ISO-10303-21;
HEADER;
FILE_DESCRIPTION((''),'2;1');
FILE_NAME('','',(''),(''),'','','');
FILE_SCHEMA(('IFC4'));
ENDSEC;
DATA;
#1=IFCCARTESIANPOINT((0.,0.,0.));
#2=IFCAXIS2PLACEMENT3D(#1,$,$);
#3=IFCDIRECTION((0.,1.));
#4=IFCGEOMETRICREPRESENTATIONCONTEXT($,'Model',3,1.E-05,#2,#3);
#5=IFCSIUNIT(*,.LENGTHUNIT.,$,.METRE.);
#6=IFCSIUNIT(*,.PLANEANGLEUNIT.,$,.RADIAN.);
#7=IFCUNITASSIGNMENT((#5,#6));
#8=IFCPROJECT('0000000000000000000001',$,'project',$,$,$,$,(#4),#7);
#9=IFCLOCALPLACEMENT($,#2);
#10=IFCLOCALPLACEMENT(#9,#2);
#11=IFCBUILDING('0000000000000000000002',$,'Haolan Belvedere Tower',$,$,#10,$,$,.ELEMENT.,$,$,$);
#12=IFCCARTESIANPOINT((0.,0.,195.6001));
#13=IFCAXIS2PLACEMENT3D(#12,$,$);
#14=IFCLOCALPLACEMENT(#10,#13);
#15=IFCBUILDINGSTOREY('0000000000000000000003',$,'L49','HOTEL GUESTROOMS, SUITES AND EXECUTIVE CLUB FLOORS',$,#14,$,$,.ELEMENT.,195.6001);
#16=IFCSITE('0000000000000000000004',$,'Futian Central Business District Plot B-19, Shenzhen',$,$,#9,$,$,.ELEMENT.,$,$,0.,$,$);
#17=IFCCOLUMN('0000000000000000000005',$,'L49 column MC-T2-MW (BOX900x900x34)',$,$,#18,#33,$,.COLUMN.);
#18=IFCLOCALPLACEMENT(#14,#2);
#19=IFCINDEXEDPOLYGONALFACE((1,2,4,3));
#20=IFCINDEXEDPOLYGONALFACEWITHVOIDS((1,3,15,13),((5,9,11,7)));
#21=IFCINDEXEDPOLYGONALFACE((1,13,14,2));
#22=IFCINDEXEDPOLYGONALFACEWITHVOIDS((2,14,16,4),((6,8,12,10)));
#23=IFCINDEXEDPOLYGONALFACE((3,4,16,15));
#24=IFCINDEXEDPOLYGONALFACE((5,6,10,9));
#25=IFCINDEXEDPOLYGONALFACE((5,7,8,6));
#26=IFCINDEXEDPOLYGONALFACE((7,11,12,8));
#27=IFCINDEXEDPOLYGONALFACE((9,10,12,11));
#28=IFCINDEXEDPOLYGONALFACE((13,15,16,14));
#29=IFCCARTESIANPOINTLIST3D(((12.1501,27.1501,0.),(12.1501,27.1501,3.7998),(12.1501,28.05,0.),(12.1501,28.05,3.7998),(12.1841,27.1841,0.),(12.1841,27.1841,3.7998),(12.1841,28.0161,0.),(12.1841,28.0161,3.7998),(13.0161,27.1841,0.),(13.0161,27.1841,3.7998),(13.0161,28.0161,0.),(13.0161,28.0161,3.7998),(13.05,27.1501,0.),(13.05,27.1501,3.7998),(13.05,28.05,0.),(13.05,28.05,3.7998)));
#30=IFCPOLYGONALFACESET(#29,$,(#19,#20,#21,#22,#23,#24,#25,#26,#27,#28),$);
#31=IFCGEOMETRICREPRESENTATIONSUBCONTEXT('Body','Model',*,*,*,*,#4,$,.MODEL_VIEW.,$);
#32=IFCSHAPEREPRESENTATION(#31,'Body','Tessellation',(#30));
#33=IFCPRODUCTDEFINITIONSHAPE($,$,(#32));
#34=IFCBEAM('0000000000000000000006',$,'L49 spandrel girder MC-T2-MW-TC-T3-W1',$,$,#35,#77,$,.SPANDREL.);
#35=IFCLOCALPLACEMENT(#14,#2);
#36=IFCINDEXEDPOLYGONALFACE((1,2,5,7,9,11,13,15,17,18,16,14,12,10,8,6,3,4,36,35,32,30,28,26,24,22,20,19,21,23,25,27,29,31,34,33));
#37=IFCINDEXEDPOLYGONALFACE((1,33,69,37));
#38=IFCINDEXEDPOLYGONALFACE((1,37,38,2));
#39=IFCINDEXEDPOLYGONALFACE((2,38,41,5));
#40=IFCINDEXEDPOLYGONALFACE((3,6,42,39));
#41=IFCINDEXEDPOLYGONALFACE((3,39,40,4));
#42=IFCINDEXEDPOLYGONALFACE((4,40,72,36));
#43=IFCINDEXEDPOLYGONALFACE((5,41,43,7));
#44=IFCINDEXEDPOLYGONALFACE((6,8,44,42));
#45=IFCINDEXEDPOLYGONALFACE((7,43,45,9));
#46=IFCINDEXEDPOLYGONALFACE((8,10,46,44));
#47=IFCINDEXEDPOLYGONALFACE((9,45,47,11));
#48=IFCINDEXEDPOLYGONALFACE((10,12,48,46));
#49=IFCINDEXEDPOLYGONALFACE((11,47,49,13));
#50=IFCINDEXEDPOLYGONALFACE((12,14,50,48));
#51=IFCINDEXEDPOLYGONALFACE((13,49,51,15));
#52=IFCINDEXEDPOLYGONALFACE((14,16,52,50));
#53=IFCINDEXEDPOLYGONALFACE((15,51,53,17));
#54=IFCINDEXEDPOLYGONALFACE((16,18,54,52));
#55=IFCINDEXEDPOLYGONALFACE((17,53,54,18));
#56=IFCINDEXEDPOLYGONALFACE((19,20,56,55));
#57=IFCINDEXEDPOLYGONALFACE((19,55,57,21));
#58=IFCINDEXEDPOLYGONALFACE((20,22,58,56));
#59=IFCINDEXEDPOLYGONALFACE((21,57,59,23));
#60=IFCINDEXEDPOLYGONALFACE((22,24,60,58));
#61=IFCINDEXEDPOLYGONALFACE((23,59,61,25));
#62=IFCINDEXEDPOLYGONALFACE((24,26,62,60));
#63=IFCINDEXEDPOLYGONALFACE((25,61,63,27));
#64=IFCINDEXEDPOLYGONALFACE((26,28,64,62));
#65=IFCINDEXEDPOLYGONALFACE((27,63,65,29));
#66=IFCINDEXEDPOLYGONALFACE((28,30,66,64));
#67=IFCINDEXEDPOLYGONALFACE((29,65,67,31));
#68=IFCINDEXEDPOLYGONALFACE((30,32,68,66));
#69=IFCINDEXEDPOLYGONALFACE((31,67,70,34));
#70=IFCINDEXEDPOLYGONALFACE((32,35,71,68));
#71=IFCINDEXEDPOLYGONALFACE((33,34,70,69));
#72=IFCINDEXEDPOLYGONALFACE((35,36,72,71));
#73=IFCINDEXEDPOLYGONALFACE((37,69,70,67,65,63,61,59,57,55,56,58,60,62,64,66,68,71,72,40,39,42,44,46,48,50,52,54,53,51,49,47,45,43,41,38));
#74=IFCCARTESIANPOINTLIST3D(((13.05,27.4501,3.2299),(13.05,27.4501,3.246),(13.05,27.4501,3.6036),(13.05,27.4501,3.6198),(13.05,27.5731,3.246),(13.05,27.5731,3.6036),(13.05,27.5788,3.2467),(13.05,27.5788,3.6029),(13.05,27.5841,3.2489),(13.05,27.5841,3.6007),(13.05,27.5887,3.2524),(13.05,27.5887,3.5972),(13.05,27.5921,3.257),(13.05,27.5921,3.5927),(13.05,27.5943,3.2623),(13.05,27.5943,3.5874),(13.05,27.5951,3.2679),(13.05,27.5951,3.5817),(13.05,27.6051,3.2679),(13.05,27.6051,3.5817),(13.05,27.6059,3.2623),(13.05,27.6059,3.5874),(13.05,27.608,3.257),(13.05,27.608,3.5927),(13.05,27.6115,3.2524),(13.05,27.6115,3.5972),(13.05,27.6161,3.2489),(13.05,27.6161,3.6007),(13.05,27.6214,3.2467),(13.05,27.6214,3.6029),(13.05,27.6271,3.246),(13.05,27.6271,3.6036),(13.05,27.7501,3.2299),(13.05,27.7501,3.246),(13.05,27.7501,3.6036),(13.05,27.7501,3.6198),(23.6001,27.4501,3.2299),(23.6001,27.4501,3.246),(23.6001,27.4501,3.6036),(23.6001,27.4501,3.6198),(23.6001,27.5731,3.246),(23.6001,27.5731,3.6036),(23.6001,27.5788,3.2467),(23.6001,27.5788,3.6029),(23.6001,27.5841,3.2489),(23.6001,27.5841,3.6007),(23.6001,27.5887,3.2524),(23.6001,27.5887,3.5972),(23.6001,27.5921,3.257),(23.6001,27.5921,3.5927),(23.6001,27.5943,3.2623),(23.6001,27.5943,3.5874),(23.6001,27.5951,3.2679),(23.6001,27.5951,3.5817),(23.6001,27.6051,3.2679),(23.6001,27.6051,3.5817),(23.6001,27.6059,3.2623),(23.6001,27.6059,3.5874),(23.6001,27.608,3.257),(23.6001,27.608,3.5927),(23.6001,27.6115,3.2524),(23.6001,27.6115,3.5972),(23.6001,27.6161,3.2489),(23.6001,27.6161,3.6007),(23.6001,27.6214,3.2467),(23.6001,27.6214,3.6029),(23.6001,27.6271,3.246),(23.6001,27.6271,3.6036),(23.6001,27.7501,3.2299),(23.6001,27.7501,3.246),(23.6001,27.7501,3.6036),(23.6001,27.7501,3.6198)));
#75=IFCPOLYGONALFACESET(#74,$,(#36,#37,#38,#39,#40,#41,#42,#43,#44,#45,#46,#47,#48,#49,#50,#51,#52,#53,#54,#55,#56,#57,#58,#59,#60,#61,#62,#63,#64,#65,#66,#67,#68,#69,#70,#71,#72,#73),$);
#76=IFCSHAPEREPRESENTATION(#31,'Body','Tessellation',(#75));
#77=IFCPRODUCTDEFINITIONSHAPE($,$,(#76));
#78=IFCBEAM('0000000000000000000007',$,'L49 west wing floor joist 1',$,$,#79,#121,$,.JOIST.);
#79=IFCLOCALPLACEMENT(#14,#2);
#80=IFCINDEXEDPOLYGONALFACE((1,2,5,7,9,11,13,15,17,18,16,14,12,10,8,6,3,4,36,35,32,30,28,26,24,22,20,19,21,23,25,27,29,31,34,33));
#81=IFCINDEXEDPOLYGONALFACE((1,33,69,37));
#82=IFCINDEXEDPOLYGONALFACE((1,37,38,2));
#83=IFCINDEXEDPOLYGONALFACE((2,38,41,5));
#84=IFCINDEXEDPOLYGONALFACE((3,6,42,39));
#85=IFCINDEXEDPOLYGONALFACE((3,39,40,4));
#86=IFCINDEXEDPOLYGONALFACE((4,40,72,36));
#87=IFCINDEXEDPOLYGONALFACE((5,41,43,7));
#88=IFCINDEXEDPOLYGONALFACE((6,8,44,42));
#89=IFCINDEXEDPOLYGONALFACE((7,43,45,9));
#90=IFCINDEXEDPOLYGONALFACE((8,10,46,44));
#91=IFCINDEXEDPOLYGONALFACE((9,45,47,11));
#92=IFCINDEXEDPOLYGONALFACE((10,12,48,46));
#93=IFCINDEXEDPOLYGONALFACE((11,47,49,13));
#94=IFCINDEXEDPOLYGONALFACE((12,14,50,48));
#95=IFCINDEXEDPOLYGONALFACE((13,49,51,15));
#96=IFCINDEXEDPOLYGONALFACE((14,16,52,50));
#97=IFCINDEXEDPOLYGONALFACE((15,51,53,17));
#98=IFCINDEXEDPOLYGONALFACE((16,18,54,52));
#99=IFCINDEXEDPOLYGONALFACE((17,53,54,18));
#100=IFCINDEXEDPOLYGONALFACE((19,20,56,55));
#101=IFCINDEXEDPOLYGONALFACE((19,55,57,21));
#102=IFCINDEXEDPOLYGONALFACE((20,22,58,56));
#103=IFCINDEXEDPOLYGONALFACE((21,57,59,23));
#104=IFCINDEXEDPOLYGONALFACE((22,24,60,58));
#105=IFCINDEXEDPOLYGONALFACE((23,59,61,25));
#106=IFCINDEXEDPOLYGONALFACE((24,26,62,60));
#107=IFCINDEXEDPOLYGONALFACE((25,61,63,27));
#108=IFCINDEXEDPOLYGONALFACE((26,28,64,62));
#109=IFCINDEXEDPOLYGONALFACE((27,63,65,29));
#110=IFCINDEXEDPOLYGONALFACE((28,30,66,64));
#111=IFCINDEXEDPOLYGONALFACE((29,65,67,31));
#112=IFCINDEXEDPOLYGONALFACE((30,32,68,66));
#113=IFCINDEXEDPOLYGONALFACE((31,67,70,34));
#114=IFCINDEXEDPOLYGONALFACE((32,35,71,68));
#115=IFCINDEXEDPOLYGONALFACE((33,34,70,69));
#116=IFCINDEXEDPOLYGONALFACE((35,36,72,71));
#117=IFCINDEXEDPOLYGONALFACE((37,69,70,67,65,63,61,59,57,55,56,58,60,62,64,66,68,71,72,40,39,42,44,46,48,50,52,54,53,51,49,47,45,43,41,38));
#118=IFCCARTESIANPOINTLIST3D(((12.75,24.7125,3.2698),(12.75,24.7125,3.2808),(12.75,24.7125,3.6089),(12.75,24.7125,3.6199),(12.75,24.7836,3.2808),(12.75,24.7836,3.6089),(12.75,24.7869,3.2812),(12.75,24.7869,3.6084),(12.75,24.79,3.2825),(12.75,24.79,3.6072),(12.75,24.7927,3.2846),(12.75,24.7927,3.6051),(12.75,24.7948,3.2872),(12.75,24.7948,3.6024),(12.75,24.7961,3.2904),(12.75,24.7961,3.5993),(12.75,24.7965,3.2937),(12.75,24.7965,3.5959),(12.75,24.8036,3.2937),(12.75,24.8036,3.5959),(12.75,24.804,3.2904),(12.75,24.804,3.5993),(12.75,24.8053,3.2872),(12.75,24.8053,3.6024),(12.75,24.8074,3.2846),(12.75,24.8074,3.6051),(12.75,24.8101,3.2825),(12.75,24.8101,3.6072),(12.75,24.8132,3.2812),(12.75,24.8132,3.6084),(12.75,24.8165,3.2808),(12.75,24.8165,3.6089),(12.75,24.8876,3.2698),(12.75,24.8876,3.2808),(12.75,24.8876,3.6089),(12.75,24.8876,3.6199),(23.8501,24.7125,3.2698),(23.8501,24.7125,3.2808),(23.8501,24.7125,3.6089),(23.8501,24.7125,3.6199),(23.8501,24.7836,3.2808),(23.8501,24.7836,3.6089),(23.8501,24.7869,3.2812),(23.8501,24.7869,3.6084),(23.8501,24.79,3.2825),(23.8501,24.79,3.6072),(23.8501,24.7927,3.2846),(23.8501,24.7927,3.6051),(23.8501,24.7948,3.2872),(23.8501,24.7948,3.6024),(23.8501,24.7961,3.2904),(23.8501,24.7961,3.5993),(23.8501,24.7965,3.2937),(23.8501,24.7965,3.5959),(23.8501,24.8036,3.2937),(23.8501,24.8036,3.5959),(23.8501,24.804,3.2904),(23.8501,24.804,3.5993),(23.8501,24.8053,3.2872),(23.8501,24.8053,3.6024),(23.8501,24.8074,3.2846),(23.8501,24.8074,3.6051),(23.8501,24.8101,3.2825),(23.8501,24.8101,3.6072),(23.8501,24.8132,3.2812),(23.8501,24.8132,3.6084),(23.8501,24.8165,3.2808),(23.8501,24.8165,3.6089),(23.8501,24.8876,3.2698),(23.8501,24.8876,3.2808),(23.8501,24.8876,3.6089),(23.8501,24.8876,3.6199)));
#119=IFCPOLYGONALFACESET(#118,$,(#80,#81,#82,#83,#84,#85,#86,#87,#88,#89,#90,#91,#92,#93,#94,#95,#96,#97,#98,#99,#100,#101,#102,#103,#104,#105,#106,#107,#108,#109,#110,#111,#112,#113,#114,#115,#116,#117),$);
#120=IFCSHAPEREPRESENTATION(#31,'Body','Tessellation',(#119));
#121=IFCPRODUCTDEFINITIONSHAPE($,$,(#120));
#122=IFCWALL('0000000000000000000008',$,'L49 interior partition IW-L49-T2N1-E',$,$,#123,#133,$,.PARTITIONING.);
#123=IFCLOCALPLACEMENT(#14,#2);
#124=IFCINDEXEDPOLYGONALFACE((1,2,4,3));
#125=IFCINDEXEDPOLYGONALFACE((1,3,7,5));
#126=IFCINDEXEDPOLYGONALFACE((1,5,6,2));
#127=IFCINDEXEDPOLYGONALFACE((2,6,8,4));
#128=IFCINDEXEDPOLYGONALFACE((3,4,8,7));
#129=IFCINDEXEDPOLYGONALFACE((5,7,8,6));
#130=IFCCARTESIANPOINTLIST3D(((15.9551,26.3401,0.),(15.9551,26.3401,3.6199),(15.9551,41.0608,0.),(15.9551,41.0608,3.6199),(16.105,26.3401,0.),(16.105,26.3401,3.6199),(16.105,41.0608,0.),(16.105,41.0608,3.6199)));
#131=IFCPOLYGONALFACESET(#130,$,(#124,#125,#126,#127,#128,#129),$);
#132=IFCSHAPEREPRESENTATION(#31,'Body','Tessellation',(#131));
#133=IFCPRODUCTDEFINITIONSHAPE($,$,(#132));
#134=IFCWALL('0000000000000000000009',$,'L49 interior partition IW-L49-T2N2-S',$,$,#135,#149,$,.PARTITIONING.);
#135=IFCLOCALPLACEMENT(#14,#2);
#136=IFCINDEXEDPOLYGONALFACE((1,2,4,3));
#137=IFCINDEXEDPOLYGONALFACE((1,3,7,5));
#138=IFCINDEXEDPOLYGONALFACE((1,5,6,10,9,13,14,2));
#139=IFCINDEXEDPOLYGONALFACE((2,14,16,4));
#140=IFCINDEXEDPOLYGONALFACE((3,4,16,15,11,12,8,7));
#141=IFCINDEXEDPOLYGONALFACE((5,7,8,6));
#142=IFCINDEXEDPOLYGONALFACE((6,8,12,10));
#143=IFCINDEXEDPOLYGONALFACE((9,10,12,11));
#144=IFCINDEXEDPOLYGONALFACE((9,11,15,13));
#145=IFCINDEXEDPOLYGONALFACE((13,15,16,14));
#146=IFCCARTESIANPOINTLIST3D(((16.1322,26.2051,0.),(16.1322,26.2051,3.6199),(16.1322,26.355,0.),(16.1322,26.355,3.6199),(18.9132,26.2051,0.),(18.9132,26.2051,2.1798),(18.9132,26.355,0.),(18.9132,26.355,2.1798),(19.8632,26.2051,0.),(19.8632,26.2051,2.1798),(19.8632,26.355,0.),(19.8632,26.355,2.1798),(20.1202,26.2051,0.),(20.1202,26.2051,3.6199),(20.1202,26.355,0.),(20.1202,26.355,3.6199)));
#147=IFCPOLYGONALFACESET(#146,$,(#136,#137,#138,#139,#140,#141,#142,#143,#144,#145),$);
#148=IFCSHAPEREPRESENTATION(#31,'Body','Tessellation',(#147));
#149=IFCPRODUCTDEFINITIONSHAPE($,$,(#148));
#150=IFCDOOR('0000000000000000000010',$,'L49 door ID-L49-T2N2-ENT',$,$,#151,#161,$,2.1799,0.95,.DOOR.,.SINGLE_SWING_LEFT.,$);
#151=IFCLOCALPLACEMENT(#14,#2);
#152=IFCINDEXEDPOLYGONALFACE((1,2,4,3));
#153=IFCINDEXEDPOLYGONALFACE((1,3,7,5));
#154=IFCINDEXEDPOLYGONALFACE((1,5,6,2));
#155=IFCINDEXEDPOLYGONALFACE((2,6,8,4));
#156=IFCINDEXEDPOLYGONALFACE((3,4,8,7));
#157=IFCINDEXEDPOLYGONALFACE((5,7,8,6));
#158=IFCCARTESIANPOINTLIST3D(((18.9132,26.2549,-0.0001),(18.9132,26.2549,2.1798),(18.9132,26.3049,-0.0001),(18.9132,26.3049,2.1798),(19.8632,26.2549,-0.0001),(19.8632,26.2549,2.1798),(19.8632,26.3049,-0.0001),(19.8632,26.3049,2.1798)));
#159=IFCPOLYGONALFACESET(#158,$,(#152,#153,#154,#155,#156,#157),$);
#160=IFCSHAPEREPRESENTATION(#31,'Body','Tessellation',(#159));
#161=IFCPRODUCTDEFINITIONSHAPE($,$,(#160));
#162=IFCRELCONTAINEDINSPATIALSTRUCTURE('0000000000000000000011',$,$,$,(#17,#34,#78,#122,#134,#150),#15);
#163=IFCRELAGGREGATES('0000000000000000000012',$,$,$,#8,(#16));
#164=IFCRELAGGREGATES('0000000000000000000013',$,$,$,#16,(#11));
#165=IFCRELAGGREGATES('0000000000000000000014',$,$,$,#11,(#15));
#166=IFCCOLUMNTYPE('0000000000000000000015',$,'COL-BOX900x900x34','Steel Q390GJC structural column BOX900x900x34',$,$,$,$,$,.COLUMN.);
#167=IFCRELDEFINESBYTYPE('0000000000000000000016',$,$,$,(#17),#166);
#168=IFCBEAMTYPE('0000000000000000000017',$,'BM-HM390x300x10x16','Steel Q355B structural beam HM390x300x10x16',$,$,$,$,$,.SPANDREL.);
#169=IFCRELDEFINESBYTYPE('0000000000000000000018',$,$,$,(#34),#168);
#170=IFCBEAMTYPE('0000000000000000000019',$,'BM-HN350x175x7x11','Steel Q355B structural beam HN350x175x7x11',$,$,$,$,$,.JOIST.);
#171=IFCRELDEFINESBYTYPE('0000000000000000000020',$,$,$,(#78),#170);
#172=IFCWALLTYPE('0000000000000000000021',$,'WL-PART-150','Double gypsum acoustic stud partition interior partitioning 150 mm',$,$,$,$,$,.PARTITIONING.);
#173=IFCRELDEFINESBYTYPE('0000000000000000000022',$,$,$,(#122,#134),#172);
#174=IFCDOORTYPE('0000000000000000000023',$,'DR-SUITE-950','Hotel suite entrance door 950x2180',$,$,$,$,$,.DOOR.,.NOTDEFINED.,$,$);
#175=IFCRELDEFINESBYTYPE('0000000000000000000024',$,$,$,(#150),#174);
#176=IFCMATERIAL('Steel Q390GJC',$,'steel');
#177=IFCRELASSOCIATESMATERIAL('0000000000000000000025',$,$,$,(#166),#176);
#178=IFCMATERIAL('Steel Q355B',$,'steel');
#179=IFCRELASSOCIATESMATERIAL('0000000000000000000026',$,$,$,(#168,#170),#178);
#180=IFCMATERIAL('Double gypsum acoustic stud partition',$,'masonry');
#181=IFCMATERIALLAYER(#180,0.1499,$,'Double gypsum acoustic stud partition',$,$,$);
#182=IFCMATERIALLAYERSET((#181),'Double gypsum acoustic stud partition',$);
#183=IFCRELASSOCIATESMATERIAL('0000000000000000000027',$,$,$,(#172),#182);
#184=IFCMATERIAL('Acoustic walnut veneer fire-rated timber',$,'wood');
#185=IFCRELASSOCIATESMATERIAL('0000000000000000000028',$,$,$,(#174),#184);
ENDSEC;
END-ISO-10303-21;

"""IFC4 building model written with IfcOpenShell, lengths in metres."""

from ifc_helpers import new_model, si_unit, direction, frame, frame_2d, origin, origin_2d, place, context, subcontext, project, spatial, rectangle, hollow_rectangle, i_section, extrude, material, layer, layer_set, material_profile, profile_set, type_object, element, fill, save


model = new_model("IFC4")

# Units and contexts
model_context = context("Model", 3, precision=1e-05, world=origin(), true_north=direction((0.0, 1.0)))
body_context = subcontext(model_context, "Body", "Model", "MODEL_VIEW")
ifc_project = project(units=[si_unit("LENGTHUNIT", "METRE"), si_unit("PLANEANGLEUNIT", "RADIAN")], contexts=[model_context])

# Site, building, storey
site_placement = place(None, origin())
site = spatial("IfcSite", under=ifc_project, at=site_placement, Name="Futian Central Business District Plot B-19, Shenzhen", CompositionType="ELEMENT", RefElevation=0.0)
building_placement = place(site_placement, origin())
building = spatial("IfcBuilding", under=site, at=building_placement, Name="Haolan Belvedere Tower", CompositionType="ELEMENT")
storey_placement = place(building_placement, frame((0.0, 0.0, 195.6001)))
storey = spatial("IfcBuildingStorey", under=building, at=storey_placement, Name="L49", Description="HOTEL GUESTROOMS, SUITES AND EXECUTIVE CLUB FLOORS", CompositionType="ELEMENT", Elevation=195.6001)

# Column
ifc_material_1 = material(Name="Steel Q390GJC", Category="steel")
ifc_material_profile_1 = material_profile(ifc_material_1, hollow_rectangle(XDim=0.8999, YDim=0.8999, WallThickness=0.0339, at=origin_2d()), Name="Steel Q390GJC")
ifc_profile_set_1 = profile_set([ifc_material_profile_1], Name="Steel Q390GJC")
column_type = type_object("IfcColumnType", Name="COL-BOX900x900x34", Description="Steel Q390GJC structural column BOX900x900x34", PredefinedType="COLUMN", material=ifc_profile_set_1)
column_placement = place(storey_placement, frame((12.6001, 27.6001, 0.0), z_axis=(0.0, 0.0, 1.0), x_axis=(1.0, 0.0, 0.0)))
element("IfcColumn", 1, at=column_placement, inside=storey, type_object=column_type, Name="L49 column MC-T2-MW (BOX900x900x34)", PredefinedType="COLUMN", context=body_context, shape_type="SweptSolid", body=[
    extrude(hollow_rectangle(XDim=0.8999, YDim=0.8999, WallThickness=0.0339, at=origin_2d()), origin(), (0.0, 0.0, 1.0), 3.7998),
])

# Beams
ifc_material_2 = material(Name="Steel Q355B", Category="steel")
ifc_material_profile_2 = material_profile(ifc_material_2, i_section(OverallWidth=0.3, OverallDepth=0.3899, WebThickness=0.01, FlangeThickness=0.0161, FilletRadius=0.022, at=origin_2d()), Name="Steel Q355B")
ifc_profile_set_2 = profile_set([ifc_material_profile_2], Name="Steel Q355B")
beam_type_1 = type_object("IfcBeamType", Name="BM-HM390x300x10x16", Description="Steel Q355B structural beam HM390x300x10x16", PredefinedType="SPANDREL", material=ifc_profile_set_2)
beam_1_placement = place(storey_placement, frame((13.05, 27.6001, 3.4248), z_axis=(1.0, 0.0, 0.0), x_axis=(0.0, 1.0, 0.0)))
element("IfcBeam", 2, at=beam_1_placement, inside=storey, type_object=beam_type_1, Name="L49 spandrel girder MC-T2-MW-TC-T3-W1", PredefinedType="SPANDREL", context=body_context, shape_type="SweptSolid", body=[
    extrude(i_section(OverallWidth=0.3, OverallDepth=0.3899, WebThickness=0.01, FlangeThickness=0.0161, FilletRadius=0.022, at=origin_2d()), origin(), (0.0, 0.0, 1.0), 10.55),
])
ifc_material_profile_3 = material_profile(ifc_material_2, i_section(OverallWidth=0.175, OverallDepth=0.3501, WebThickness=0.0071, FlangeThickness=0.011, FilletRadius=0.0129, at=origin_2d()), Name="Steel Q355B")
ifc_profile_set_3 = profile_set([ifc_material_profile_3], Name="Steel Q355B")
beam_type_2 = type_object("IfcBeamType", Name="BM-HN350x175x7x11", Description="Steel Q355B structural beam HN350x175x7x11", PredefinedType="JOIST", material=ifc_profile_set_3)
beam_2_placement = place(storey_placement, frame((12.75, 24.8, 3.4448), z_axis=(1.0, 0.0, 0.0), x_axis=(0.0, 1.0, 0.0)))
element("IfcBeam", 3, at=beam_2_placement, inside=storey, type_object=beam_type_2, Name="L49 west wing floor joist 1", PredefinedType="JOIST", context=body_context, shape_type="SweptSolid", body=[
    extrude(i_section(OverallWidth=0.175, OverallDepth=0.3501, WebThickness=0.0071, FlangeThickness=0.011, FilletRadius=0.0129, at=origin_2d()), origin(), (0.0, 0.0, 1.0), 11.1001),
])

# Shared definitions
ifc_material_3 = material(Name="Double gypsum acoustic stud partition", Category="masonry")
ifc_layer_1 = layer(ifc_material_3, 0.1499, Name="Double gypsum acoustic stud partition")
ifc_layer_set_1 = layer_set([ifc_layer_1], Name="Double gypsum acoustic stud partition")
wall_type_1 = type_object("IfcWallType", Name="WL-PART-150", Description="Double gypsum acoustic stud partition interior partitioning 150 mm", PredefinedType="PARTITIONING", material=ifc_layer_set_1)

# Wall
wall_1_placement = place(storey_placement, frame((16.03, 26.3401, 0.0), z_axis=(0.0, 0.0, 1.0), x_axis=(0.0, 1.0, 0.0)))
element("IfcWall", 4, at=wall_1_placement, inside=storey, type_object=wall_type_1, Name="L49 interior partition IW-L49-T2N1-E", PredefinedType="PARTITIONING", context=body_context, shape_type="SweptSolid", body=[
    extrude(rectangle(XDim=14.7207, YDim=0.1499, at=frame_2d((7.3604, 0.0))), origin(), (0.0, 0.0, 1.0), 3.6199),
])

# Wall, opening, door
wall_2_placement = place(storey_placement, frame((16.1321, 26.28, 0.0), z_axis=(0.0, 0.0, 1.0), x_axis=(1.0, 0.0, 0.0)))
wall_2 = element("IfcWall", 5, at=wall_2_placement, inside=storey, type_object=wall_type_1, Name="L49 interior partition IW-L49-T2N2-S", PredefinedType="PARTITIONING", context=body_context, shape_type="SweptSolid", body=[
    extrude(rectangle(XDim=3.988, YDim=0.1499, at=frame_2d((1.9941, 0.0))), origin(), (0.0, 0.0, 1.0), 3.6199),
])
opening_1_placement = place(wall_2_placement, frame((2.781, 0.0, 0.0)))
opening_1 = element("IfcOpeningElement", 6, at=opening_1_placement, cuts=wall_2, PredefinedType="OPENING", context=body_context, shape_type="SweptSolid", body=[
    extrude(rectangle(XDim=0.95, YDim=2.1799, at=frame_2d((0.4751, 1.0898))), frame((0.0, 0.085, 0.0), z_axis=(0.0, -1.0, 0.0), x_axis=(1.0, 0.0, 0.0)), (0.0, 0.0, 1.0), 0.1699),
])
ifc_material_4 = material(Name="Acoustic walnut veneer fire-rated timber", Category="wood")
door_type_1 = type_object("IfcDoorType", Name="DR-SUITE-950", Description="Hotel suite entrance door 950x2180", OperationType="NOTDEFINED", PredefinedType="DOOR", material=ifc_material_4)
door_1_placement = place(opening_1_placement, origin())
door_1 = element("IfcDoor", 7, at=door_1_placement, inside=storey, type_object=door_type_1, Name="L49 door ID-L49-T2N2-ENT", OperationType="SINGLE_SWING_LEFT", OverallHeight=2.1799, OverallWidth=0.95, PredefinedType="DOOR", context=body_context, shape_type="SweptSolid", body=[
    extrude(rectangle(XDim=0.95, YDim=2.1799, at=frame_2d((0.4751, 1.0898))), frame((0.0, 0.0249, 0.0), z_axis=(0.0, -1.0, 0.0), x_axis=(1.0, 0.0, 0.0)), (0.0, 0.0, 1.0), 0.05),
])
fill(opening_1, door_1)

save(model, "model.ifc")
